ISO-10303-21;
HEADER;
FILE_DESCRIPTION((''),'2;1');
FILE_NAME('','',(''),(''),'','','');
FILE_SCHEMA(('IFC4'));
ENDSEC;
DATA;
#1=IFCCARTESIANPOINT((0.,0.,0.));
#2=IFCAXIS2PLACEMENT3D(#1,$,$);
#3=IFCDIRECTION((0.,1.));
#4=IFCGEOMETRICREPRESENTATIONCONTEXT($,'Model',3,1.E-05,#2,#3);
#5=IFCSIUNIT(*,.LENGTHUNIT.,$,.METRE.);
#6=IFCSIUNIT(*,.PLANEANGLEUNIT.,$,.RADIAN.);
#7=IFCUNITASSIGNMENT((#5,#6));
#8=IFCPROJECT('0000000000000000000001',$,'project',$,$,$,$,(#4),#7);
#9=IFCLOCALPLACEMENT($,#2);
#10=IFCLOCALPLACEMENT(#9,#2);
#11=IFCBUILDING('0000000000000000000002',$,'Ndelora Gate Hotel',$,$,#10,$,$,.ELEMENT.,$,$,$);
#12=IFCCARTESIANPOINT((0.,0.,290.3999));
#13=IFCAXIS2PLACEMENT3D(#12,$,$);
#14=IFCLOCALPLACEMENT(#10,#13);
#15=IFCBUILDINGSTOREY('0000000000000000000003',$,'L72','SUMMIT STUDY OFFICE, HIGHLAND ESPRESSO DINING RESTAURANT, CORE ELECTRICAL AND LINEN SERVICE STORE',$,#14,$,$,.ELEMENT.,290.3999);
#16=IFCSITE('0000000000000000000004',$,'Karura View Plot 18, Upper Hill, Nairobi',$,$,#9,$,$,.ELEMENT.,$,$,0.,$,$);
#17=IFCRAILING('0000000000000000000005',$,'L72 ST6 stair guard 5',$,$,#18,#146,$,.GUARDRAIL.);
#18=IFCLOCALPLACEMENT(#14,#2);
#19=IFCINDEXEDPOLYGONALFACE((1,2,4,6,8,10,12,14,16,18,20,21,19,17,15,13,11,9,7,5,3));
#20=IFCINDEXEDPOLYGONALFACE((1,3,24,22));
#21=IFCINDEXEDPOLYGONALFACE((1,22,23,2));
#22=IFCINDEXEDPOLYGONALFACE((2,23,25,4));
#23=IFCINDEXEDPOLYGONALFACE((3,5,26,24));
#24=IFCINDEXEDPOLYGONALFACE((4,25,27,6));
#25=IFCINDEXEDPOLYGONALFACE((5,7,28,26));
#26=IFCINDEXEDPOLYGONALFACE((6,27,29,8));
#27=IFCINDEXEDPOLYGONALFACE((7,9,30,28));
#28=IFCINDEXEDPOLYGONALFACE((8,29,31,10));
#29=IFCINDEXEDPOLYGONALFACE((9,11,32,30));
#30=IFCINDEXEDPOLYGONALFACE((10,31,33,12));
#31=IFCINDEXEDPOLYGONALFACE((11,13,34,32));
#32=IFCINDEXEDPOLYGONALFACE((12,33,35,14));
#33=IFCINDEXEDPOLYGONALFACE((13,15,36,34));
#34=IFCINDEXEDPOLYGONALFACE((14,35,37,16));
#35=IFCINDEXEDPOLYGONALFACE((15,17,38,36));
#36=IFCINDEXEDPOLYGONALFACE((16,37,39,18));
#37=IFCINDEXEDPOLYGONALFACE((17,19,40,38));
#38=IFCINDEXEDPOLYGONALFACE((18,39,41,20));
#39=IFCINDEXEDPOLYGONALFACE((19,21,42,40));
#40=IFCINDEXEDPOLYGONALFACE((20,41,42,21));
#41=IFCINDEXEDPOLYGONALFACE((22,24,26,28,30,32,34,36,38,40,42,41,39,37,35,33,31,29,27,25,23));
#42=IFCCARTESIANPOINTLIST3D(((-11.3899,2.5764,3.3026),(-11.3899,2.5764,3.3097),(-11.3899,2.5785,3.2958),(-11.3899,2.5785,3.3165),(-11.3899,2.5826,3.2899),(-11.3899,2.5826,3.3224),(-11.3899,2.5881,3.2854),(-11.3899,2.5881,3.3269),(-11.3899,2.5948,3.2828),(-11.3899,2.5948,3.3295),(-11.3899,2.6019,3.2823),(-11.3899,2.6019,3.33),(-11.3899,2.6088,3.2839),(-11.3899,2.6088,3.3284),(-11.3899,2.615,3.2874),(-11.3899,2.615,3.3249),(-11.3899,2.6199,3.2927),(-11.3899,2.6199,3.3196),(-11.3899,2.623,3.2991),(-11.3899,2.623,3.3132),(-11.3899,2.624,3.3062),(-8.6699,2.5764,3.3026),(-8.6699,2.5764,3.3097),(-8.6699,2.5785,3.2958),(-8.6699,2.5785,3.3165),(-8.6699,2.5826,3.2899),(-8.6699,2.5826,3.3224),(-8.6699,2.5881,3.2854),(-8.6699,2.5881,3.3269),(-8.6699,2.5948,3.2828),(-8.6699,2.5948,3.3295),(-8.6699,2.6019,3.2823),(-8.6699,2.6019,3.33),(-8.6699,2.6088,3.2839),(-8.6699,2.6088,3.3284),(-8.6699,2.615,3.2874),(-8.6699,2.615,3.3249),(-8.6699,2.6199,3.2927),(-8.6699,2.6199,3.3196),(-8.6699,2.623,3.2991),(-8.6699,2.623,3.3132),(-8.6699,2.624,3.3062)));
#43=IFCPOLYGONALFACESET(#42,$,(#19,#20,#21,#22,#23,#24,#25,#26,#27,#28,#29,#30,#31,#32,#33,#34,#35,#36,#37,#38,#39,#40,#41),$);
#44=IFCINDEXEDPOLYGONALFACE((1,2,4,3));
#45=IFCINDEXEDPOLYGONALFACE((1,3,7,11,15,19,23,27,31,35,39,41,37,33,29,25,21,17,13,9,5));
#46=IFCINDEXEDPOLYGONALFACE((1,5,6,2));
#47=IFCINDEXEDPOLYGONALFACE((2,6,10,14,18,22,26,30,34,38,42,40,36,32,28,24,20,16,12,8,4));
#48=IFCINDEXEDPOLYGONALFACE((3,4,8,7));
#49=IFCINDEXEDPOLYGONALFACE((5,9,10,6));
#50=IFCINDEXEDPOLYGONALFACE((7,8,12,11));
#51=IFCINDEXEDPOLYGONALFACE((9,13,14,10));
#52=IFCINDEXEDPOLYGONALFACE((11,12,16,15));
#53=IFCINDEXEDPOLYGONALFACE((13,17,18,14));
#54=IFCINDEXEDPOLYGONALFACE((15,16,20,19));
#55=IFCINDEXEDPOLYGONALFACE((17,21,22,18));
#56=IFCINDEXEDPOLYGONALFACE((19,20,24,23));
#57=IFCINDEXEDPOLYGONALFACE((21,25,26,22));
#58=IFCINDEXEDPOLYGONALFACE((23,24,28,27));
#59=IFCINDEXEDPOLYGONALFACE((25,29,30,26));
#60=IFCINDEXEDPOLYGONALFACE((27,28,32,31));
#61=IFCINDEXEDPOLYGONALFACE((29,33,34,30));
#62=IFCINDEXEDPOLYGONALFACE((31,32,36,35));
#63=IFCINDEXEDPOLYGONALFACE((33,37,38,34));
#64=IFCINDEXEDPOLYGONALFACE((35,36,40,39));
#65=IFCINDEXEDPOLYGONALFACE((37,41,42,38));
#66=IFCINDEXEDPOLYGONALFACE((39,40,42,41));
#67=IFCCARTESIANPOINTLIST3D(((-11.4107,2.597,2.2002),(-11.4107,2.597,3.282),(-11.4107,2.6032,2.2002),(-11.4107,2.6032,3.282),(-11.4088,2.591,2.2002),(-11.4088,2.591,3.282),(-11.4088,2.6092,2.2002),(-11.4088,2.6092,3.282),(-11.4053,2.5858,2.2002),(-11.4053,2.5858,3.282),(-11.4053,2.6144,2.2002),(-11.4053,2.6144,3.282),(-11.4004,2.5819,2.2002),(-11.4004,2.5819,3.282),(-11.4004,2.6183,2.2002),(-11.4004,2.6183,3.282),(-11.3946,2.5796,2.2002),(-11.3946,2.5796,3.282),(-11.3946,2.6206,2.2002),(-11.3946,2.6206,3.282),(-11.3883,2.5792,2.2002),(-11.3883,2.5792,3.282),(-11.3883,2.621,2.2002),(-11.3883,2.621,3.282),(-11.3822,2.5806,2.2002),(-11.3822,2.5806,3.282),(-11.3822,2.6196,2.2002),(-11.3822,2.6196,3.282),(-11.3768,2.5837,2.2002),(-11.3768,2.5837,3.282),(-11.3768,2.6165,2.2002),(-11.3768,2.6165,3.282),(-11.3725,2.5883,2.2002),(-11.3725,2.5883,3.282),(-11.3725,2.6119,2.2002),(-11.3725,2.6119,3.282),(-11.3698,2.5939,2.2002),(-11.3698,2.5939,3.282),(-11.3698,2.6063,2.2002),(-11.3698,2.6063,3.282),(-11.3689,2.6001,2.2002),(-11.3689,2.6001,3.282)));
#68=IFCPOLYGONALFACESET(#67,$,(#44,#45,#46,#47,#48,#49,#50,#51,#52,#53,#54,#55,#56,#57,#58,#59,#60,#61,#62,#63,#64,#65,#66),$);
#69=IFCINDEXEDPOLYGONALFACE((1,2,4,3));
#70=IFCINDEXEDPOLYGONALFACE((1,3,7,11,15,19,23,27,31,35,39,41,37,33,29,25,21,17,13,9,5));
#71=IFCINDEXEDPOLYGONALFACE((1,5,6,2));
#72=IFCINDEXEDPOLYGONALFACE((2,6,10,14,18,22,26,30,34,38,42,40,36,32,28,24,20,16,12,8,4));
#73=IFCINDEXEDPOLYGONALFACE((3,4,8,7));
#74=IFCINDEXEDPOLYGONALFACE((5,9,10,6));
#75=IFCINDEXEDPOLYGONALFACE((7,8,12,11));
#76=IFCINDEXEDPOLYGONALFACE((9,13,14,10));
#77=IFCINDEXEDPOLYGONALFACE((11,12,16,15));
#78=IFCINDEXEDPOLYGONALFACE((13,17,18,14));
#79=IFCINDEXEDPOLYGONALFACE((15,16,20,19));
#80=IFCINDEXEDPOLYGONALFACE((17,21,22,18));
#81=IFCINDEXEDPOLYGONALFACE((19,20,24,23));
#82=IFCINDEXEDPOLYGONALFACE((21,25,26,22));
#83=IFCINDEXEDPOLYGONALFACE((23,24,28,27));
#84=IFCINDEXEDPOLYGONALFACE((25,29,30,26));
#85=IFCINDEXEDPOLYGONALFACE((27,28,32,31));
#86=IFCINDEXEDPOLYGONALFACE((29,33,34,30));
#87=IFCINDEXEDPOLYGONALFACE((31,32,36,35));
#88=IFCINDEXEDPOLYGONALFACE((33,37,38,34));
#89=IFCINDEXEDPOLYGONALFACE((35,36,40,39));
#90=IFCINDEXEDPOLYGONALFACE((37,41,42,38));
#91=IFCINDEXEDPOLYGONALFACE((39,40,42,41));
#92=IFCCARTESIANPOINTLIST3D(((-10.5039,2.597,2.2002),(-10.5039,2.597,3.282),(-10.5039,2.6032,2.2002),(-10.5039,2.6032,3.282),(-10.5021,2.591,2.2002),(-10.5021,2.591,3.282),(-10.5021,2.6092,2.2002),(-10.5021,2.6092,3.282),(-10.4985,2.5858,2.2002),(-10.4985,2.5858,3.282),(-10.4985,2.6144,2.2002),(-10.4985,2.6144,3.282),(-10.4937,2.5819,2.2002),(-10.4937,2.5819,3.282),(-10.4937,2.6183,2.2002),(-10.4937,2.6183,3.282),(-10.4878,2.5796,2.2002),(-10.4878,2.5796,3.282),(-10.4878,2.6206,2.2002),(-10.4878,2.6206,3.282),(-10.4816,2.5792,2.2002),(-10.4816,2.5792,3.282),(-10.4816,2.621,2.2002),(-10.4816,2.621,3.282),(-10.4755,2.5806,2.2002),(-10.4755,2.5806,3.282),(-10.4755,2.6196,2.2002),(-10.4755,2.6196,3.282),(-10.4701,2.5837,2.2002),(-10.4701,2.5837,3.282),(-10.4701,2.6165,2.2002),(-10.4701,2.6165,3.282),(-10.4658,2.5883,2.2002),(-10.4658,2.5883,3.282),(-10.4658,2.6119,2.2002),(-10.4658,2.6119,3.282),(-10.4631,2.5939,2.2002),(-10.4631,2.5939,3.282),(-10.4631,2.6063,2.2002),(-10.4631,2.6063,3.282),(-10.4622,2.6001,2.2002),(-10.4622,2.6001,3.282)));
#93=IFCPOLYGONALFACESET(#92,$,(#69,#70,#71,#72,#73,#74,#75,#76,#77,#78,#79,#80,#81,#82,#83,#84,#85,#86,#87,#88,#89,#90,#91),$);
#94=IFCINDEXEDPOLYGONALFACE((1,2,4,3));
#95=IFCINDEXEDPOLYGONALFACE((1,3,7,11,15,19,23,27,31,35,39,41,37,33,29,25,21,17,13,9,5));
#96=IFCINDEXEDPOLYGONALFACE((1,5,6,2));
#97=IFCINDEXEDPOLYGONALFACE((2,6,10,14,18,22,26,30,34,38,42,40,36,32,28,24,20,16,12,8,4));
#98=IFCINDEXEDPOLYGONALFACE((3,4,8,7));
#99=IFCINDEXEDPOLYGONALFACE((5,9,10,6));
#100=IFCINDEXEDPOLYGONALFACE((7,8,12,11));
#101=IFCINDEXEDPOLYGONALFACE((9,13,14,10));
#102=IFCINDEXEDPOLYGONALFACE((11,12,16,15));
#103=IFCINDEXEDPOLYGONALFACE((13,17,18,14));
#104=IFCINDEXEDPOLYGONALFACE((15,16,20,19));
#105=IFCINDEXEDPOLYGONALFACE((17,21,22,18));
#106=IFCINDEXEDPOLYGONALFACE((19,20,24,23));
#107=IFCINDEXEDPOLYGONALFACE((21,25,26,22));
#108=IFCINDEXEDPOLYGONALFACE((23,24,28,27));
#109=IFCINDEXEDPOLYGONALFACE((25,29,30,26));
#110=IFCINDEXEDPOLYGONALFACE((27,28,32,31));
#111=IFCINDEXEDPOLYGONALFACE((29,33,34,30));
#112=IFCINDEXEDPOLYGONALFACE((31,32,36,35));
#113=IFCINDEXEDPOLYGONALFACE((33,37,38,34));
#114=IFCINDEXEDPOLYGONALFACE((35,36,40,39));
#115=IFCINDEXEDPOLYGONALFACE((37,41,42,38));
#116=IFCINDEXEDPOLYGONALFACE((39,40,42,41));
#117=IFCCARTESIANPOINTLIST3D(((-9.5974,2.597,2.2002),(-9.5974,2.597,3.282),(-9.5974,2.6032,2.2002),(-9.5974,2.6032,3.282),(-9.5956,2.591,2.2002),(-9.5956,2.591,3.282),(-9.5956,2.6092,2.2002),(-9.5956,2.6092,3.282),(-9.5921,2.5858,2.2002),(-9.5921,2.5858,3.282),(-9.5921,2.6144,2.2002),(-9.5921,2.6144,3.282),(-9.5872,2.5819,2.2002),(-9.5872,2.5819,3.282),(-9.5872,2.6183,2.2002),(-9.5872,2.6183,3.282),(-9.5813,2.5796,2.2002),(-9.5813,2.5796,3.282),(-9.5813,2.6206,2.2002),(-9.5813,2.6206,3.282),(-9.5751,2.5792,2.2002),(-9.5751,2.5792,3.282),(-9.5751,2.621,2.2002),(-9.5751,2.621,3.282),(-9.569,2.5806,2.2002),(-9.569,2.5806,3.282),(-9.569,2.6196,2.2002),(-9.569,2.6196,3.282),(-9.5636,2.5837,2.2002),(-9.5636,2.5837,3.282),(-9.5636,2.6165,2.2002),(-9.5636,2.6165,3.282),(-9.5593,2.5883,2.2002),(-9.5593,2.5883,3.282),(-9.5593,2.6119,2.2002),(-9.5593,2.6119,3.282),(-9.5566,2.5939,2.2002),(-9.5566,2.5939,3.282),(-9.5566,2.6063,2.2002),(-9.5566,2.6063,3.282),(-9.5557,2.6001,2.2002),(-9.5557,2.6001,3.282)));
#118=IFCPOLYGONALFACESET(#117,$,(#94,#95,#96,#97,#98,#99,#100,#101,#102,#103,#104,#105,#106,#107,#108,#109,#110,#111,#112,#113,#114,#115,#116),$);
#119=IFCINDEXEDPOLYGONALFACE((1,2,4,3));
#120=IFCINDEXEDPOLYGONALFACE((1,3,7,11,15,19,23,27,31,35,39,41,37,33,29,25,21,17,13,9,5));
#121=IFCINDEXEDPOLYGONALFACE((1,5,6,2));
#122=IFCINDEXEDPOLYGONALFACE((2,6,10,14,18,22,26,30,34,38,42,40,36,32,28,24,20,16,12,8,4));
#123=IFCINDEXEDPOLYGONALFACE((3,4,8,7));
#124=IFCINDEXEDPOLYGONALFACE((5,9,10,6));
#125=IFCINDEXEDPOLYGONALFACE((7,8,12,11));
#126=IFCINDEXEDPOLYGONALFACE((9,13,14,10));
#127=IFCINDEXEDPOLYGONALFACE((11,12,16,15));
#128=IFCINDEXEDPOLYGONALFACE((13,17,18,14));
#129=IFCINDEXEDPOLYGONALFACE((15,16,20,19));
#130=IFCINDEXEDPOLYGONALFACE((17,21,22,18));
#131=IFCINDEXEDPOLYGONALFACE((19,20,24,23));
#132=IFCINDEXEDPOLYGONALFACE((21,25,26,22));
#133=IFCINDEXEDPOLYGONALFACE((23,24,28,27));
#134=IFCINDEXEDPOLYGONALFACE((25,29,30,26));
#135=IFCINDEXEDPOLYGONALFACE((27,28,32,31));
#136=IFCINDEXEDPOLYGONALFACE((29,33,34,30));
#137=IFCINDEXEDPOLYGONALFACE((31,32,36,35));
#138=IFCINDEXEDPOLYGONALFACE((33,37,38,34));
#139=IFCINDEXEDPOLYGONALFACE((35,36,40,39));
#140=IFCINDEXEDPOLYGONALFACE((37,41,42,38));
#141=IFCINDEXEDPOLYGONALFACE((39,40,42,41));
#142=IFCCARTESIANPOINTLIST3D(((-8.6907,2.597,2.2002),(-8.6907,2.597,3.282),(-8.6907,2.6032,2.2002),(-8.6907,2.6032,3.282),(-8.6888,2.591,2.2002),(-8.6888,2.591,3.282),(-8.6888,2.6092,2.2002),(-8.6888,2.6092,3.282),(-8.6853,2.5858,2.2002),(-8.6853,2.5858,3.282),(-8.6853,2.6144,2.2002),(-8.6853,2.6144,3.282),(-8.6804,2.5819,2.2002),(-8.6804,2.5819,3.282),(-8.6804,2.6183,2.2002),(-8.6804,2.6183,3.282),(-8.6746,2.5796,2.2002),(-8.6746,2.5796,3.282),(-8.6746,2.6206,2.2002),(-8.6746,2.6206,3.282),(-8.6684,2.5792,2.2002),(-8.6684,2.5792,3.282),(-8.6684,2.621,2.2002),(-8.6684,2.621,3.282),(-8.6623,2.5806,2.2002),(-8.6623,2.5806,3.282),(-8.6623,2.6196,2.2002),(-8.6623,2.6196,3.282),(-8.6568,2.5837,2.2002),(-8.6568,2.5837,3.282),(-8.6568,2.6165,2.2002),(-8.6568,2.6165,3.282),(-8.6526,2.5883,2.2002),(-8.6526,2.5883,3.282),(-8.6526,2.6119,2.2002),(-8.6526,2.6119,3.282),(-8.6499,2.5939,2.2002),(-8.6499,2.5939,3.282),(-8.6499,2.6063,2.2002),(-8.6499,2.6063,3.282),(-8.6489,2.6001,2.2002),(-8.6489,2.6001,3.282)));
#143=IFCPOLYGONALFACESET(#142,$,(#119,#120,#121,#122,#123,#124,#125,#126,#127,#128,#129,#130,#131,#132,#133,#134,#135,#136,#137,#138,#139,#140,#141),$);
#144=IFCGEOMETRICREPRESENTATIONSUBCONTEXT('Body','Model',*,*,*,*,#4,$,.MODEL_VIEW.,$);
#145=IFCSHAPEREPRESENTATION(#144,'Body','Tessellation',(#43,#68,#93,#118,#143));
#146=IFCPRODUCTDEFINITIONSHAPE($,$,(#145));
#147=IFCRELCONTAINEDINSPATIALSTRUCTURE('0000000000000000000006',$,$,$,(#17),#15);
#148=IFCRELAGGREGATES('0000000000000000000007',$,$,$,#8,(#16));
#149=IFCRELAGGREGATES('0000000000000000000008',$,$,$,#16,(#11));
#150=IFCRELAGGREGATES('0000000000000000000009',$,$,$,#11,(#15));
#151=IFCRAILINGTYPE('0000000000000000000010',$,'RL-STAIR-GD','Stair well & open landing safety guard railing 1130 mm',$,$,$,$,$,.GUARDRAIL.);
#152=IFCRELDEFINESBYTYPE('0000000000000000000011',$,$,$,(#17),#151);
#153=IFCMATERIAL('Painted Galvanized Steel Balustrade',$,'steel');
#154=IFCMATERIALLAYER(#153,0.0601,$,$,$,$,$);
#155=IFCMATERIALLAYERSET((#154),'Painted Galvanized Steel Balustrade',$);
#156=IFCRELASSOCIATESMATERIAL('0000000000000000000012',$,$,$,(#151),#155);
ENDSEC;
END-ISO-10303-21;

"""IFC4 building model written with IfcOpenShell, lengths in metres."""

from ifc_helpers import new_model, si_unit, direction, frame, origin, origin_2d, place, context, subcontext, project, spatial, circle, extrude, material, layer, layer_set, type_object, element, save


model = new_model("IFC4")

# Units and contexts
model_context = context("Model", 3, precision=1e-05, world=origin(), true_north=direction((0.0, 1.0)))
body_context = subcontext(model_context, "Body", "Model", "MODEL_VIEW")
ifc_project = project(units=[si_unit("LENGTHUNIT", "METRE"), si_unit("PLANEANGLEUNIT", "RADIAN")], contexts=[model_context])

# Site, building, storey
site_placement = place(None, origin())
site = spatial("IfcSite", under=ifc_project, at=site_placement, Name="Karura View Plot 18, Upper Hill, Nairobi", CompositionType="ELEMENT", RefElevation=0.0)
building_placement = place(site_placement, origin())
building = spatial("IfcBuilding", under=site, at=building_placement, Name="Ndelora Gate Hotel", CompositionType="ELEMENT")
storey_placement = place(building_placement, frame((0.0, 0.0, 290.3999)))
storey = spatial("IfcBuildingStorey", under=building, at=storey_placement, Name="L72", Description="SUMMIT STUDY OFFICE, HIGHLAND ESPRESSO DINING RESTAURANT, CORE ELECTRICAL AND LINEN SERVICE STORE", CompositionType="ELEMENT", Elevation=290.3999)

# Railing
ifc_material_1 = material(Name="Painted Galvanized Steel Balustrade", Category="steel")
ifc_layer_1 = layer(ifc_material_1, 0.0601)
ifc_layer_set_1 = layer_set([ifc_layer_1], Name="Painted Galvanized Steel Balustrade")
railing_type_1 = type_object("IfcRailingType", Name="RL-STAIR-GD", Description="Stair well & open landing safety guard railing 1130 mm", PredefinedType="GUARDRAIL", material=ifc_layer_set_1)
railing_1_placement = place(storey_placement, frame((-11.3899, 2.6001, 2.2002)))
element("IfcRailing", 1, at=railing_1_placement, inside=storey, type_object=railing_type_1, Name="L72 ST6 stair guard 5", PredefinedType="GUARDRAIL", context=body_context, shape_type="SweptSolid", body=[
    extrude(circle(Radius=0.0239, at=origin_2d()), frame((0.0, 0.0, 1.106), z_axis=(1.0, 0.0, 0.0), x_axis=(0.0, 1.0, 0.0)), (0.0, 0.0, 1.0), 2.72),
    extrude(circle(Radius=0.021, at=origin_2d()), origin(), (0.0, 0.0, 1.0), 1.0818),
    extrude(circle(Radius=0.021, at=origin_2d()), frame((0.9067, 0.0, 0.0)), (0.0, 0.0, 1.0), 1.0818),
    extrude(circle(Radius=0.021, at=origin_2d()), frame((1.8132, 0.0, 0.0)), (0.0, 0.0, 1.0), 1.0818),
    extrude(circle(Radius=0.021, at=origin_2d()), frame((2.72, 0.0, 0.0)), (0.0, 0.0, 1.0), 1.0818),
])

save(model, "model.ifc")
